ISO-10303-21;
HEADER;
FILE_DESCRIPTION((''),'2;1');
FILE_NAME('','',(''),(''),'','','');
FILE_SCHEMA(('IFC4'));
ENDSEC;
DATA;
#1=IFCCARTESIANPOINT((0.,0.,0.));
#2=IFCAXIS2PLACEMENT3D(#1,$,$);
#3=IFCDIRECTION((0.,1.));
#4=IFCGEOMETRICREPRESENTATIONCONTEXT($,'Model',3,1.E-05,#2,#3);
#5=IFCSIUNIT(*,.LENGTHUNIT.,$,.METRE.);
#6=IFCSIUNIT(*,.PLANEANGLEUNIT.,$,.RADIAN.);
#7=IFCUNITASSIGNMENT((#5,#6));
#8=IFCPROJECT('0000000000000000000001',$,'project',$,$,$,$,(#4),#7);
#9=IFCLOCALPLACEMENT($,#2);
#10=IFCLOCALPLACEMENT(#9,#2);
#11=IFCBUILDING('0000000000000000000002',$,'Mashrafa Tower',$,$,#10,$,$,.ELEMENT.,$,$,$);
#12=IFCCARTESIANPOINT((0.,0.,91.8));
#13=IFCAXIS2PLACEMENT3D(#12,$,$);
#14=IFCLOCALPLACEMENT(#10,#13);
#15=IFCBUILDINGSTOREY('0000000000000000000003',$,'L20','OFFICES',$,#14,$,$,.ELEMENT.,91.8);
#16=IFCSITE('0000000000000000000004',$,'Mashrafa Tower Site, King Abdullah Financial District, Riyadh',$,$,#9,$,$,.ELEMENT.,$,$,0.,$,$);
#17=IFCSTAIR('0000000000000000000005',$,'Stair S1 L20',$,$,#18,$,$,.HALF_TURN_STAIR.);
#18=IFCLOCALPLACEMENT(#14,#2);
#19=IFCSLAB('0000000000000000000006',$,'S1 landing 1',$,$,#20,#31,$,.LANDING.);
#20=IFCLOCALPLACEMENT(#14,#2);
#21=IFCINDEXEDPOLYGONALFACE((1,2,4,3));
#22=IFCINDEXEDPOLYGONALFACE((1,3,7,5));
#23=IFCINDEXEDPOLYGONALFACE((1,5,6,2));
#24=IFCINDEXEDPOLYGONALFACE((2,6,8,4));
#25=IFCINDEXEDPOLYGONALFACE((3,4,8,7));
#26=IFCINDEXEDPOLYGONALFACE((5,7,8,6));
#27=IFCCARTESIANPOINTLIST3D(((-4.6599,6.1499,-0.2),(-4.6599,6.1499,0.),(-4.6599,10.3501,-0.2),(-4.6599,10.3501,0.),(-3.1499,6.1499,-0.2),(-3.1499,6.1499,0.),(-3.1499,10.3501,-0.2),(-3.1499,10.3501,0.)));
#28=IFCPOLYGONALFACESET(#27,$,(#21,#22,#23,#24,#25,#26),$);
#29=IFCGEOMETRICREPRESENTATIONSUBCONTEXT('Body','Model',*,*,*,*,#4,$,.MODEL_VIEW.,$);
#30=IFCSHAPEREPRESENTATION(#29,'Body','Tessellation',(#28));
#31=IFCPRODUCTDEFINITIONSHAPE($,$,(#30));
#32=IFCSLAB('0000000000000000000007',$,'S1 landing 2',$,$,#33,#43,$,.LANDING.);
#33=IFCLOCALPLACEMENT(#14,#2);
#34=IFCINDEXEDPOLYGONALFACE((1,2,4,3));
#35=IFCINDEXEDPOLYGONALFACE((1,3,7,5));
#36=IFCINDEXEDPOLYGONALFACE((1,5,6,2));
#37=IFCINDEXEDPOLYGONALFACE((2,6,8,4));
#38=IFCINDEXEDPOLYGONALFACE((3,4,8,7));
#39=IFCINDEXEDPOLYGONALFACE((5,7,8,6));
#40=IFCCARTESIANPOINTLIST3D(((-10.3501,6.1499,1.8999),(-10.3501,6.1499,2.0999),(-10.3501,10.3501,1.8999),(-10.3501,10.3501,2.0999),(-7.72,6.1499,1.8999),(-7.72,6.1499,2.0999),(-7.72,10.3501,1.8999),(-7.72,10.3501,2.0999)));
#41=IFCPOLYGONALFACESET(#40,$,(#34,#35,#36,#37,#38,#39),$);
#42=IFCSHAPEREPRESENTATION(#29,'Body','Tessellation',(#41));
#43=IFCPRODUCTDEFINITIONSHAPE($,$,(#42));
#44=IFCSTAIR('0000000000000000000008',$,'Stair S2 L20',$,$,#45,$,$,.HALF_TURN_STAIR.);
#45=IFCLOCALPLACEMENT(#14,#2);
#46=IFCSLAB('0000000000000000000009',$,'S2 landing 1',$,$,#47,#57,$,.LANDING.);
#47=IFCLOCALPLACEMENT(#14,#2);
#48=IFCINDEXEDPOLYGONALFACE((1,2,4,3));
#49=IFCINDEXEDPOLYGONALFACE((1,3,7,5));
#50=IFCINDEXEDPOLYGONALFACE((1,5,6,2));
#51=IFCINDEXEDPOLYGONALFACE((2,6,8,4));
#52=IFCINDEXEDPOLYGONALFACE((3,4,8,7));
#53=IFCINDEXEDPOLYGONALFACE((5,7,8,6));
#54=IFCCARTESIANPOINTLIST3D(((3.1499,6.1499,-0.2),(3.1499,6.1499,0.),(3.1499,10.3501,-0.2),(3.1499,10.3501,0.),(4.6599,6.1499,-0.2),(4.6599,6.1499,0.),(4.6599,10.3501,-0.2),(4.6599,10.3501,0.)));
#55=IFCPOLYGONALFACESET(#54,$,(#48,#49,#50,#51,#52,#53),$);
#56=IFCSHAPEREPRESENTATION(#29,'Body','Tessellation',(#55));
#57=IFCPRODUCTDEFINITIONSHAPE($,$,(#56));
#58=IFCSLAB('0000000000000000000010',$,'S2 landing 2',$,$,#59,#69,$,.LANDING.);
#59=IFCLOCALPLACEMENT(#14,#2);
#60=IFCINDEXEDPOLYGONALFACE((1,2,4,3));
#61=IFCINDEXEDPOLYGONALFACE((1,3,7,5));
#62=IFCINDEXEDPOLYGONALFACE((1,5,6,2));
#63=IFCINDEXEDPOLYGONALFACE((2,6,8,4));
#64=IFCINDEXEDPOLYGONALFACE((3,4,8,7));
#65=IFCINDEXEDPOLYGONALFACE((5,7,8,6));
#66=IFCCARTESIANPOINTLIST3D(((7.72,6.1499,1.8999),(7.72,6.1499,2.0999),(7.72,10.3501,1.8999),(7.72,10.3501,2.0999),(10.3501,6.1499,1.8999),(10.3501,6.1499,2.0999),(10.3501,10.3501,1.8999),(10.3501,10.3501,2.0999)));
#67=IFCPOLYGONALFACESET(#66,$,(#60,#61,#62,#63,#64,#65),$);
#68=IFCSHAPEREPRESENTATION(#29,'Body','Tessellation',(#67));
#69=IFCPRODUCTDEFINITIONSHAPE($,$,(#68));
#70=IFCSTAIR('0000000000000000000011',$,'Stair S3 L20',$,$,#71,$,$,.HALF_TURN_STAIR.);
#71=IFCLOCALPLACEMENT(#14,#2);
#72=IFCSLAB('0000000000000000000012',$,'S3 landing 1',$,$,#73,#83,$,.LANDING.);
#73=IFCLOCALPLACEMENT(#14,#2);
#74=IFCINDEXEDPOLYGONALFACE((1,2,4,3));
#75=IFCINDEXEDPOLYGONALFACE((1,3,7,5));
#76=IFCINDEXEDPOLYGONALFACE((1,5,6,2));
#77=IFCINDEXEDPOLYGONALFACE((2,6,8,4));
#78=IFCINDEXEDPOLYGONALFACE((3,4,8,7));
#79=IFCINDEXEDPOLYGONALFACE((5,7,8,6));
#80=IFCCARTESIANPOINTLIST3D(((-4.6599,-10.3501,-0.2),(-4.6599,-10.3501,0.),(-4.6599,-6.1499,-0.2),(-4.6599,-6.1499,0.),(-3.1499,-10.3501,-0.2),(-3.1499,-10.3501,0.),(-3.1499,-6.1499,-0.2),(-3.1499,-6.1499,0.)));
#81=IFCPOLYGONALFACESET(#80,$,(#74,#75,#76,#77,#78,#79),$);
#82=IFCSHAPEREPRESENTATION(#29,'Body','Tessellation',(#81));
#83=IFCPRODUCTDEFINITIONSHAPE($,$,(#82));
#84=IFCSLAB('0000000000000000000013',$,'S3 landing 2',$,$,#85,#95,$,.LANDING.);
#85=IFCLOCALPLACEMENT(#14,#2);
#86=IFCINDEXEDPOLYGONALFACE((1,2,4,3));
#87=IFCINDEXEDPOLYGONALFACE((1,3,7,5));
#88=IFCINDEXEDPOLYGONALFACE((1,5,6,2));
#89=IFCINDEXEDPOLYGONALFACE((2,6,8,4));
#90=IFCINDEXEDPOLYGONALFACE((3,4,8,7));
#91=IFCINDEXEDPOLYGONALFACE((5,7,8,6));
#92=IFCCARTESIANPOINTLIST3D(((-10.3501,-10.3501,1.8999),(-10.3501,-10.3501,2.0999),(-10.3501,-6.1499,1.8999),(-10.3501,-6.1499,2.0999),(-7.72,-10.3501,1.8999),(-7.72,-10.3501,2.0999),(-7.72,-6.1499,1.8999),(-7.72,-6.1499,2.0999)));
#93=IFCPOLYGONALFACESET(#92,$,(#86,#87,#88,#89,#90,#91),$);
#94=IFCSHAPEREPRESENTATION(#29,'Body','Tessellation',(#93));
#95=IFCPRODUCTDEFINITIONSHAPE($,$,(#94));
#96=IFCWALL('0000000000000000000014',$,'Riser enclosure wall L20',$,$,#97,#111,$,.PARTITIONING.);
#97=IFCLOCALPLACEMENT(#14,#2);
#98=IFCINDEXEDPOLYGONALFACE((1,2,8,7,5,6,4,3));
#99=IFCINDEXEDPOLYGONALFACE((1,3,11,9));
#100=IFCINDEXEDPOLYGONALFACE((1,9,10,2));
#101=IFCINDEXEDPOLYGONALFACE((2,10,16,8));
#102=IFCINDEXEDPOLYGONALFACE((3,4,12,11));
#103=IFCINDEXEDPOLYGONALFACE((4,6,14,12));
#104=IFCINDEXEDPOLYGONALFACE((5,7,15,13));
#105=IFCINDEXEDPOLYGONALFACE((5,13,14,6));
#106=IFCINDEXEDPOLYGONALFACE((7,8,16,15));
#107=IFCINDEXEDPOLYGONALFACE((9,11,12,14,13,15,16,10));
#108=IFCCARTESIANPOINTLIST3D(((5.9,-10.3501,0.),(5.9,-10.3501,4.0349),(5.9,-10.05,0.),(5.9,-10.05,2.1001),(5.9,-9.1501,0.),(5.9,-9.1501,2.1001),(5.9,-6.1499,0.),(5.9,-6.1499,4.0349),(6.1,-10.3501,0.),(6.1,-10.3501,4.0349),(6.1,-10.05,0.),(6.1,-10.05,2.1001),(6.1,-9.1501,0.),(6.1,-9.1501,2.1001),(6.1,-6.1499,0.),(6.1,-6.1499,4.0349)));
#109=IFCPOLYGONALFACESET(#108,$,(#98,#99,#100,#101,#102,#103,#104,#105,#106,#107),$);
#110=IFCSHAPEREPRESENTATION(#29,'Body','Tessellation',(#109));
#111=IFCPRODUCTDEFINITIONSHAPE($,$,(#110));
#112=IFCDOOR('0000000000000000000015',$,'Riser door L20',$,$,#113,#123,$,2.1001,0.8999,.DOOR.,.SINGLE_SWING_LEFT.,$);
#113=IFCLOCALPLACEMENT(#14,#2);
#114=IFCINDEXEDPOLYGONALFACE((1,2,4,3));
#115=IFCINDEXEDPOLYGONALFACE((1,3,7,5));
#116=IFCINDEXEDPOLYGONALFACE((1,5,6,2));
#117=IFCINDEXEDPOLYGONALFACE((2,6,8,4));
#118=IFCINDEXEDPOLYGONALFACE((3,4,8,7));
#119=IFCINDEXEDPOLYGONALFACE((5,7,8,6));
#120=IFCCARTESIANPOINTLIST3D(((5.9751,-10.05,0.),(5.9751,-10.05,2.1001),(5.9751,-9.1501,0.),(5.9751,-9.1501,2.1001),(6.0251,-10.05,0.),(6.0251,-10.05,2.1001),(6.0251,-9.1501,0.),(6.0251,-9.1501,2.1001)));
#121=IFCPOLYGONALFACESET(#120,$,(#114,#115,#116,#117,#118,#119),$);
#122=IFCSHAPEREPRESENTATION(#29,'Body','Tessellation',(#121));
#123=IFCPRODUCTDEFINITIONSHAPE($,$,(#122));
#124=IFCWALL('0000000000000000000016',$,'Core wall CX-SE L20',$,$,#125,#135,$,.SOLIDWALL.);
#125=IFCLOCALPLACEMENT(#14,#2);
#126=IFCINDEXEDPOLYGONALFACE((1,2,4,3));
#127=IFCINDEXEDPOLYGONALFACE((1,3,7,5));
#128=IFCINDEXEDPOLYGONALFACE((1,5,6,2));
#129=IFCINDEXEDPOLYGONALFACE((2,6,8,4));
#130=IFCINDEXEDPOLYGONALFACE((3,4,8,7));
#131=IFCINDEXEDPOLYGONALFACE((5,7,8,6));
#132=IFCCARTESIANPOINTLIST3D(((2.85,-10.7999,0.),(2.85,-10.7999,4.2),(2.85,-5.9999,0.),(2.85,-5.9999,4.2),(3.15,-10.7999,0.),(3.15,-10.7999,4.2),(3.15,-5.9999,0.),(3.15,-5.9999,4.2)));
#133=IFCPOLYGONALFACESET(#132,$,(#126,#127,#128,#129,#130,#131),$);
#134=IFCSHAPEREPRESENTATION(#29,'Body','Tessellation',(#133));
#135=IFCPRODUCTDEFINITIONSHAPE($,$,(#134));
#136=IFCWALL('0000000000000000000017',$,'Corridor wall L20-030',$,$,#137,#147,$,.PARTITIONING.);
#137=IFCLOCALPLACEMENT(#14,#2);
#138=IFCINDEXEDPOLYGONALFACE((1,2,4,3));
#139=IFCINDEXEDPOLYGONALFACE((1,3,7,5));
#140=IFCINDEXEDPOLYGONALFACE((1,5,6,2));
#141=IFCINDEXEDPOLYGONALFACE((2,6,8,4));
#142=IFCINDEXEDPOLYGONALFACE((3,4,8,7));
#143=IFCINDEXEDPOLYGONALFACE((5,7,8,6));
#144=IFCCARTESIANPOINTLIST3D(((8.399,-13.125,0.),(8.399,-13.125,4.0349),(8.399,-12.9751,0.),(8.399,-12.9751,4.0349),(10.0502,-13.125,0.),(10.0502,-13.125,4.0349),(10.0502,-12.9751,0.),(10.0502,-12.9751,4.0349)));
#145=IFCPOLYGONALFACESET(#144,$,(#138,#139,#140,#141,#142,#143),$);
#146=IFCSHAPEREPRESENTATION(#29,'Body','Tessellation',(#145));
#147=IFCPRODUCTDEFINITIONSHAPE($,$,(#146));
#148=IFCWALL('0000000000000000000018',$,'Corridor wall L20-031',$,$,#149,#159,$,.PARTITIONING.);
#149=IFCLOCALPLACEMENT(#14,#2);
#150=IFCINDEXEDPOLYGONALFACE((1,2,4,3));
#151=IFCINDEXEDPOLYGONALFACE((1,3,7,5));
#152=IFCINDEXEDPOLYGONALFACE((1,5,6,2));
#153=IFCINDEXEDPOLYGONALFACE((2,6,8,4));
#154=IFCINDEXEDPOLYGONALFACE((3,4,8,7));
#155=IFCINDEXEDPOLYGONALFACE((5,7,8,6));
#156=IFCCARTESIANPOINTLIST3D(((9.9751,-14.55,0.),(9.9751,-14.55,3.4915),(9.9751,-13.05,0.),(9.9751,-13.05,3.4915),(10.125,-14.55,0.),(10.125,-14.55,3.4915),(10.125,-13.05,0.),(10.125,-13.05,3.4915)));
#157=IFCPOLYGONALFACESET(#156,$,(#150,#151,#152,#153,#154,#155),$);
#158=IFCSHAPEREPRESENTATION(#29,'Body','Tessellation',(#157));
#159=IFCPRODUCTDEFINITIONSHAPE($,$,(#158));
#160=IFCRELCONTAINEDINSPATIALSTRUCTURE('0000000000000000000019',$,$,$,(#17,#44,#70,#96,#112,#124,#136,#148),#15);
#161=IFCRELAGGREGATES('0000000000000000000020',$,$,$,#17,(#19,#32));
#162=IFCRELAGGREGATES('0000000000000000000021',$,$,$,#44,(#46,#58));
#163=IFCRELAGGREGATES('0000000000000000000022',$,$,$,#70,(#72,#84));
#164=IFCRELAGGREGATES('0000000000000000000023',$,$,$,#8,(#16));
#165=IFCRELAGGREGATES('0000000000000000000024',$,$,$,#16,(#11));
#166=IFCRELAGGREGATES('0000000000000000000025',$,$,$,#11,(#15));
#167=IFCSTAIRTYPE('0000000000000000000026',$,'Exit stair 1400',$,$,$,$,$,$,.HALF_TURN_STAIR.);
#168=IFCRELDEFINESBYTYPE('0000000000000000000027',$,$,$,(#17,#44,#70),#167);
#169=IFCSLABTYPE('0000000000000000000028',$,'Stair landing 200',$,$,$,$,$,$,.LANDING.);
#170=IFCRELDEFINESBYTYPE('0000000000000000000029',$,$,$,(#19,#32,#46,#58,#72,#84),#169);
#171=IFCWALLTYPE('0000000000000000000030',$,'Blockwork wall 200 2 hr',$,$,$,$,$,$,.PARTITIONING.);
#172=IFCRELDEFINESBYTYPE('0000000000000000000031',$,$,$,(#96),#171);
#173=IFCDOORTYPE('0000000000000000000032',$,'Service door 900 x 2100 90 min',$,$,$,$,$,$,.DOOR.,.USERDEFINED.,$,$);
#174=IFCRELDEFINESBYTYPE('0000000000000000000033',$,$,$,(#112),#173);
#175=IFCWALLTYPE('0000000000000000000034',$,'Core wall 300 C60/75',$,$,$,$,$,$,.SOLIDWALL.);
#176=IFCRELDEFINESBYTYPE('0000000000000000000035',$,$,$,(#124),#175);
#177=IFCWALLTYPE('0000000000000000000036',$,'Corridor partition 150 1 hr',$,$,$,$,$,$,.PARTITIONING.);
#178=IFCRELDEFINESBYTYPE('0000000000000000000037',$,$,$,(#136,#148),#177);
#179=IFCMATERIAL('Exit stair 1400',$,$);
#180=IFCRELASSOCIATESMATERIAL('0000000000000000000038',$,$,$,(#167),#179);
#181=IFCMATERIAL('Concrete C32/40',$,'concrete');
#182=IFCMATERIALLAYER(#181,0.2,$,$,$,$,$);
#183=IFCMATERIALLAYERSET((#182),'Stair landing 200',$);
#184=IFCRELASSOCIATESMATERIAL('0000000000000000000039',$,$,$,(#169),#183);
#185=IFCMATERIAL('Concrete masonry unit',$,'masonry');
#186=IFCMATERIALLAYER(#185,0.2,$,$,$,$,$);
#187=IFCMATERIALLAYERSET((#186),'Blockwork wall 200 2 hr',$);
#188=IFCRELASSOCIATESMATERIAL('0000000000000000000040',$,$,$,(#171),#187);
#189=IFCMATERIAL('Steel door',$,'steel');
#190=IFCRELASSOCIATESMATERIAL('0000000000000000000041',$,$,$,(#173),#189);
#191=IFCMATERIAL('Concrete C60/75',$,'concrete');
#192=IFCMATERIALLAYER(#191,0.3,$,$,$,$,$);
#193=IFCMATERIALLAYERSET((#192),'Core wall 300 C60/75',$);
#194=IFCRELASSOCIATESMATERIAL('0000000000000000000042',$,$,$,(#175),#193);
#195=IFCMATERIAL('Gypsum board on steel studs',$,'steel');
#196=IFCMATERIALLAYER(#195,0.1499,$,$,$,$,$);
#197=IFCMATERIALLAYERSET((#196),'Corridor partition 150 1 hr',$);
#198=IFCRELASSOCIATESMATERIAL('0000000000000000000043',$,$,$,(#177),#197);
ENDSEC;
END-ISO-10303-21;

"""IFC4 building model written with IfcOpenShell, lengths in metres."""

from ifc_helpers import new_model, si_unit, direction, frame, frame_2d, origin, place, context, subcontext, project, spatial, polyline, rectangle, outline, extrude, material, layer, layer_set, type_object, element, fill, aggregate, save


model = new_model("IFC4")

# Units and contexts
model_context = context("Model", 3, precision=1e-05, world=origin(), true_north=direction((0.0, 1.0)))
body_context = subcontext(model_context, "Body", "Model", "MODEL_VIEW")
ifc_project = project(units=[si_unit("LENGTHUNIT", "METRE"), si_unit("PLANEANGLEUNIT", "RADIAN")], contexts=[model_context])

# Site, building, storey
site_placement = place(None, origin())
site = spatial("IfcSite", under=ifc_project, at=site_placement, Name="Mashrafa Tower Site, King Abdullah Financial District, Riyadh", CompositionType="ELEMENT", RefElevation=0.0)
building_placement = place(site_placement, origin())
building = spatial("IfcBuilding", under=site, at=building_placement, Name="Mashrafa Tower", CompositionType="ELEMENT")
storey_placement = place(building_placement, frame((0.0, 0.0, 91.8)))
storey = spatial("IfcBuildingStorey", under=building, at=storey_placement, Name="L20", Description="OFFICES", CompositionType="ELEMENT", Elevation=91.8)

# Stairs, slabs
ifc_material_1 = material(Name="Exit stair 1400")
stair_type = type_object("IfcStairType", Name="Exit stair 1400", PredefinedType="HALF_TURN_STAIR", material=ifc_material_1)
stair_1_placement = place(storey_placement, origin())
stair_1 = element("IfcStair", 1, at=stair_1_placement, inside=storey, type_object=stair_type, Name="Stair S1 L20", PredefinedType="HALF_TURN_STAIR")
ifc_material_2 = material(Name="Concrete C32/40", Category="concrete")
ifc_layer_1 = layer(ifc_material_2, 0.2)
ifc_layer_set_1 = layer_set([ifc_layer_1], Name="Stair landing 200")
slab_type = type_object("IfcSlabType", Name="Stair landing 200", PredefinedType="LANDING", material=ifc_layer_set_1)
slab_1_placement = place(storey_placement, frame((0.0, 0.0, -0.2)))
slab_1 = element("IfcSlab", 2, at=slab_1_placement, type_object=slab_type, Name="S1 landing 1", PredefinedType="LANDING", context=body_context, shape_type="SweptSolid", body=[
    extrude(outline(polyline([(-4.6599, 6.1499), (-3.1499, 6.1499), (-3.1499, 10.3501), (-4.6599, 10.3501), (-4.6599, 6.1499)])), origin(), (0.0, 0.0, 1.0), 0.2),
])
slab_2_placement = place(storey_placement, frame((0.0, 0.0, 1.8999)))
slab_2 = element("IfcSlab", 3, at=slab_2_placement, type_object=slab_type, Name="S1 landing 2", PredefinedType="LANDING", context=body_context, shape_type="SweptSolid", body=[
    extrude(outline(polyline([(-10.3501, 6.1499), (-7.72, 6.1499), (-7.72, 10.3501), (-10.3501, 10.3501), (-10.3501, 6.1499)])), origin(), (0.0, 0.0, 1.0), 0.2),
])
aggregate(stair_1, [slab_1, slab_2])
stair_2_placement = place(storey_placement, origin())
stair_2 = element("IfcStair", 4, at=stair_2_placement, inside=storey, type_object=stair_type, Name="Stair S2 L20", PredefinedType="HALF_TURN_STAIR")
slab_3_placement = place(storey_placement, frame((0.0, 0.0, -0.2)))
slab_3 = element("IfcSlab", 5, at=slab_3_placement, type_object=slab_type, Name="S2 landing 1", PredefinedType="LANDING", context=body_context, shape_type="SweptSolid", body=[
    extrude(outline(polyline([(3.1499, 6.1499), (4.6599, 6.1499), (4.6599, 10.3501), (3.1499, 10.3501), (3.1499, 6.1499)])), origin(), (0.0, 0.0, 1.0), 0.2),
])
slab_4_placement = place(storey_placement, frame((0.0, 0.0, 1.8999)))
slab_4 = element("IfcSlab", 6, at=slab_4_placement, type_object=slab_type, Name="S2 landing 2", PredefinedType="LANDING", context=body_context, shape_type="SweptSolid", body=[
    extrude(outline(polyline([(7.72, 6.1499), (10.3501, 6.1499), (10.3501, 10.3501), (7.72, 10.3501), (7.72, 6.1499)])), origin(), (0.0, 0.0, 1.0), 0.2),
])
aggregate(stair_2, [slab_3, slab_4])
stair_3_placement = place(storey_placement, origin())
stair_3 = element("IfcStair", 7, at=stair_3_placement, inside=storey, type_object=stair_type, Name="Stair S3 L20", PredefinedType="HALF_TURN_STAIR")
slab_5_placement = place(storey_placement, frame((0.0, 0.0, -0.2)))
slab_5 = element("IfcSlab", 8, at=slab_5_placement, type_object=slab_type, Name="S3 landing 1", PredefinedType="LANDING", context=body_context, shape_type="SweptSolid", body=[
    extrude(outline(polyline([(-4.6599, -10.3501), (-3.1499, -10.3501), (-3.1499, -6.1499), (-4.6599, -6.1499), (-4.6599, -10.3501)])), origin(), (0.0, 0.0, 1.0), 0.2),
])
slab_6_placement = place(storey_placement, frame((0.0, 0.0, 1.8999)))
slab_6 = element("IfcSlab", 9, at=slab_6_placement, type_object=slab_type, Name="S3 landing 2", PredefinedType="LANDING", context=body_context, shape_type="SweptSolid", body=[
    extrude(outline(polyline([(-10.3501, -10.3501), (-7.72, -10.3501), (-7.72, -6.1499), (-10.3501, -6.1499), (-10.3501, -10.3501)])), origin(), (0.0, 0.0, 1.0), 0.2),
])
aggregate(stair_3, [slab_5, slab_6])

# Wall, opening, door
ifc_material_3 = material(Name="Concrete masonry unit", Category="masonry")
ifc_layer_2 = layer(ifc_material_3, 0.2)
ifc_layer_set_2 = layer_set([ifc_layer_2], Name="Blockwork wall 200 2 hr")
wall_type_1 = type_object("IfcWallType", Name="Blockwork wall 200 2 hr", PredefinedType="PARTITIONING", material=ifc_layer_set_2)
wall_1_placement = place(storey_placement, frame((6.0, -10.3501, 0.0), z_axis=(0.0, 0.0, 1.0), x_axis=(0.0, 1.0, 0.0)))
wall_1 = element("IfcWall", 10, at=wall_1_placement, inside=storey, type_object=wall_type_1, Name="Riser enclosure wall L20", PredefinedType="PARTITIONING", context=body_context, shape_type="SweptSolid", body=[
    extrude(rectangle(XDim=4.2002, YDim=0.2, at=frame_2d((2.1001, 0.0))), origin(), (0.0, 0.0, 1.0), 4.0349),
])
opening_1_placement = place(wall_1_placement, frame((0.3, 0.0, 0.0)))
opening_1 = element("IfcOpeningElement", 11, at=opening_1_placement, cuts=wall_1, PredefinedType="OPENING", context=body_context, shape_type="SweptSolid", body=[
    extrude(rectangle(XDim=0.8999, YDim=2.1001, at=frame_2d((0.45, 1.05))), frame((0.0, 0.1099, 0.0), z_axis=(0.0, -1.0, 0.0), x_axis=(1.0, 0.0, 0.0)), (0.0, 0.0, 1.0), 0.22),
])
ifc_material_4 = material(Name="Steel door", Category="steel")
door_type_1 = type_object("IfcDoorType", Name="Service door 900 x 2100 90 min", OperationType="USERDEFINED", PredefinedType="DOOR", material=ifc_material_4)
door_1_placement = place(opening_1_placement, origin())
door_1 = element("IfcDoor", 12, at=door_1_placement, inside=storey, type_object=door_type_1, Name="Riser door L20", OperationType="SINGLE_SWING_LEFT", OverallHeight=2.1001, OverallWidth=0.8999, PredefinedType="DOOR", context=body_context, shape_type="SweptSolid", body=[
    extrude(rectangle(XDim=0.8999, YDim=2.1001, at=frame_2d((0.45, 1.05))), frame((0.0, 0.0249, 0.0), z_axis=(0.0, -1.0, 0.0), x_axis=(1.0, 0.0, 0.0)), (0.0, 0.0, 1.0), 0.05),
])
fill(opening_1, door_1)

# Walls
ifc_material_5 = material(Name="Concrete C60/75", Category="concrete")
ifc_layer_3 = layer(ifc_material_5, 0.3)
ifc_layer_set_3 = layer_set([ifc_layer_3], Name="Core wall 300 C60/75")
wall_type_2 = type_object("IfcWallType", Name="Core wall 300 C60/75", PredefinedType="SOLIDWALL", material=ifc_layer_set_3)
wall_2_placement = place(storey_placement, frame((3.0, -6.0, 0.0), z_axis=(0.0, 0.0, 1.0), x_axis=(0.0, -1.0, 0.0)))
element("IfcWall", 13, at=wall_2_placement, inside=storey, type_object=wall_type_2, Name="Core wall CX-SE L20", PredefinedType="SOLIDWALL", context=body_context, shape_type="SweptSolid", body=[
    extrude(rectangle(XDim=4.8, YDim=0.3, at=frame_2d((2.3999, 0.0))), origin(), (0.0, 0.0, 1.0), 4.2),
])
ifc_material_6 = material(Name="Gypsum board on steel studs", Category="steel")
ifc_layer_4 = layer(ifc_material_6, 0.1499)
ifc_layer_set_4 = layer_set([ifc_layer_4], Name="Corridor partition 150 1 hr")
wall_type_3 = type_object("IfcWallType", Name="Corridor partition 150 1 hr", PredefinedType="PARTITIONING", material=ifc_layer_set_4)
wall_3_placement = place(storey_placement, frame((8.3989, -13.05, 0.0), z_axis=(0.0, 0.0, 1.0), x_axis=(1.0, 0.0, 0.0)))
element("IfcWall", 14, at=wall_3_placement, inside=storey, type_object=wall_type_3, Name="Corridor wall L20-030", PredefinedType="PARTITIONING", context=body_context, shape_type="SweptSolid", body=[
    extrude(rectangle(XDim=1.6511, YDim=0.1499, at=frame_2d((0.8257, 0.0))), origin(), (0.0, 0.0, 1.0), 4.0349),
])
wall_4_placement = place(storey_placement, frame((10.05, -13.05, 0.0), z_axis=(0.0, 0.0, 1.0), x_axis=(0.0, -1.0, 0.0)))
element("IfcWall", 15, at=wall_4_placement, inside=storey, type_object=wall_type_3, Name="Corridor wall L20-031", PredefinedType="PARTITIONING", context=body_context, shape_type="SweptSolid", body=[
    extrude(rectangle(XDim=1.5, YDim=0.1499, at=frame_2d((0.75, 0.0))), origin(), (0.0, 0.0, 1.0), 3.4915),
])

save(model, "model.ifc")
